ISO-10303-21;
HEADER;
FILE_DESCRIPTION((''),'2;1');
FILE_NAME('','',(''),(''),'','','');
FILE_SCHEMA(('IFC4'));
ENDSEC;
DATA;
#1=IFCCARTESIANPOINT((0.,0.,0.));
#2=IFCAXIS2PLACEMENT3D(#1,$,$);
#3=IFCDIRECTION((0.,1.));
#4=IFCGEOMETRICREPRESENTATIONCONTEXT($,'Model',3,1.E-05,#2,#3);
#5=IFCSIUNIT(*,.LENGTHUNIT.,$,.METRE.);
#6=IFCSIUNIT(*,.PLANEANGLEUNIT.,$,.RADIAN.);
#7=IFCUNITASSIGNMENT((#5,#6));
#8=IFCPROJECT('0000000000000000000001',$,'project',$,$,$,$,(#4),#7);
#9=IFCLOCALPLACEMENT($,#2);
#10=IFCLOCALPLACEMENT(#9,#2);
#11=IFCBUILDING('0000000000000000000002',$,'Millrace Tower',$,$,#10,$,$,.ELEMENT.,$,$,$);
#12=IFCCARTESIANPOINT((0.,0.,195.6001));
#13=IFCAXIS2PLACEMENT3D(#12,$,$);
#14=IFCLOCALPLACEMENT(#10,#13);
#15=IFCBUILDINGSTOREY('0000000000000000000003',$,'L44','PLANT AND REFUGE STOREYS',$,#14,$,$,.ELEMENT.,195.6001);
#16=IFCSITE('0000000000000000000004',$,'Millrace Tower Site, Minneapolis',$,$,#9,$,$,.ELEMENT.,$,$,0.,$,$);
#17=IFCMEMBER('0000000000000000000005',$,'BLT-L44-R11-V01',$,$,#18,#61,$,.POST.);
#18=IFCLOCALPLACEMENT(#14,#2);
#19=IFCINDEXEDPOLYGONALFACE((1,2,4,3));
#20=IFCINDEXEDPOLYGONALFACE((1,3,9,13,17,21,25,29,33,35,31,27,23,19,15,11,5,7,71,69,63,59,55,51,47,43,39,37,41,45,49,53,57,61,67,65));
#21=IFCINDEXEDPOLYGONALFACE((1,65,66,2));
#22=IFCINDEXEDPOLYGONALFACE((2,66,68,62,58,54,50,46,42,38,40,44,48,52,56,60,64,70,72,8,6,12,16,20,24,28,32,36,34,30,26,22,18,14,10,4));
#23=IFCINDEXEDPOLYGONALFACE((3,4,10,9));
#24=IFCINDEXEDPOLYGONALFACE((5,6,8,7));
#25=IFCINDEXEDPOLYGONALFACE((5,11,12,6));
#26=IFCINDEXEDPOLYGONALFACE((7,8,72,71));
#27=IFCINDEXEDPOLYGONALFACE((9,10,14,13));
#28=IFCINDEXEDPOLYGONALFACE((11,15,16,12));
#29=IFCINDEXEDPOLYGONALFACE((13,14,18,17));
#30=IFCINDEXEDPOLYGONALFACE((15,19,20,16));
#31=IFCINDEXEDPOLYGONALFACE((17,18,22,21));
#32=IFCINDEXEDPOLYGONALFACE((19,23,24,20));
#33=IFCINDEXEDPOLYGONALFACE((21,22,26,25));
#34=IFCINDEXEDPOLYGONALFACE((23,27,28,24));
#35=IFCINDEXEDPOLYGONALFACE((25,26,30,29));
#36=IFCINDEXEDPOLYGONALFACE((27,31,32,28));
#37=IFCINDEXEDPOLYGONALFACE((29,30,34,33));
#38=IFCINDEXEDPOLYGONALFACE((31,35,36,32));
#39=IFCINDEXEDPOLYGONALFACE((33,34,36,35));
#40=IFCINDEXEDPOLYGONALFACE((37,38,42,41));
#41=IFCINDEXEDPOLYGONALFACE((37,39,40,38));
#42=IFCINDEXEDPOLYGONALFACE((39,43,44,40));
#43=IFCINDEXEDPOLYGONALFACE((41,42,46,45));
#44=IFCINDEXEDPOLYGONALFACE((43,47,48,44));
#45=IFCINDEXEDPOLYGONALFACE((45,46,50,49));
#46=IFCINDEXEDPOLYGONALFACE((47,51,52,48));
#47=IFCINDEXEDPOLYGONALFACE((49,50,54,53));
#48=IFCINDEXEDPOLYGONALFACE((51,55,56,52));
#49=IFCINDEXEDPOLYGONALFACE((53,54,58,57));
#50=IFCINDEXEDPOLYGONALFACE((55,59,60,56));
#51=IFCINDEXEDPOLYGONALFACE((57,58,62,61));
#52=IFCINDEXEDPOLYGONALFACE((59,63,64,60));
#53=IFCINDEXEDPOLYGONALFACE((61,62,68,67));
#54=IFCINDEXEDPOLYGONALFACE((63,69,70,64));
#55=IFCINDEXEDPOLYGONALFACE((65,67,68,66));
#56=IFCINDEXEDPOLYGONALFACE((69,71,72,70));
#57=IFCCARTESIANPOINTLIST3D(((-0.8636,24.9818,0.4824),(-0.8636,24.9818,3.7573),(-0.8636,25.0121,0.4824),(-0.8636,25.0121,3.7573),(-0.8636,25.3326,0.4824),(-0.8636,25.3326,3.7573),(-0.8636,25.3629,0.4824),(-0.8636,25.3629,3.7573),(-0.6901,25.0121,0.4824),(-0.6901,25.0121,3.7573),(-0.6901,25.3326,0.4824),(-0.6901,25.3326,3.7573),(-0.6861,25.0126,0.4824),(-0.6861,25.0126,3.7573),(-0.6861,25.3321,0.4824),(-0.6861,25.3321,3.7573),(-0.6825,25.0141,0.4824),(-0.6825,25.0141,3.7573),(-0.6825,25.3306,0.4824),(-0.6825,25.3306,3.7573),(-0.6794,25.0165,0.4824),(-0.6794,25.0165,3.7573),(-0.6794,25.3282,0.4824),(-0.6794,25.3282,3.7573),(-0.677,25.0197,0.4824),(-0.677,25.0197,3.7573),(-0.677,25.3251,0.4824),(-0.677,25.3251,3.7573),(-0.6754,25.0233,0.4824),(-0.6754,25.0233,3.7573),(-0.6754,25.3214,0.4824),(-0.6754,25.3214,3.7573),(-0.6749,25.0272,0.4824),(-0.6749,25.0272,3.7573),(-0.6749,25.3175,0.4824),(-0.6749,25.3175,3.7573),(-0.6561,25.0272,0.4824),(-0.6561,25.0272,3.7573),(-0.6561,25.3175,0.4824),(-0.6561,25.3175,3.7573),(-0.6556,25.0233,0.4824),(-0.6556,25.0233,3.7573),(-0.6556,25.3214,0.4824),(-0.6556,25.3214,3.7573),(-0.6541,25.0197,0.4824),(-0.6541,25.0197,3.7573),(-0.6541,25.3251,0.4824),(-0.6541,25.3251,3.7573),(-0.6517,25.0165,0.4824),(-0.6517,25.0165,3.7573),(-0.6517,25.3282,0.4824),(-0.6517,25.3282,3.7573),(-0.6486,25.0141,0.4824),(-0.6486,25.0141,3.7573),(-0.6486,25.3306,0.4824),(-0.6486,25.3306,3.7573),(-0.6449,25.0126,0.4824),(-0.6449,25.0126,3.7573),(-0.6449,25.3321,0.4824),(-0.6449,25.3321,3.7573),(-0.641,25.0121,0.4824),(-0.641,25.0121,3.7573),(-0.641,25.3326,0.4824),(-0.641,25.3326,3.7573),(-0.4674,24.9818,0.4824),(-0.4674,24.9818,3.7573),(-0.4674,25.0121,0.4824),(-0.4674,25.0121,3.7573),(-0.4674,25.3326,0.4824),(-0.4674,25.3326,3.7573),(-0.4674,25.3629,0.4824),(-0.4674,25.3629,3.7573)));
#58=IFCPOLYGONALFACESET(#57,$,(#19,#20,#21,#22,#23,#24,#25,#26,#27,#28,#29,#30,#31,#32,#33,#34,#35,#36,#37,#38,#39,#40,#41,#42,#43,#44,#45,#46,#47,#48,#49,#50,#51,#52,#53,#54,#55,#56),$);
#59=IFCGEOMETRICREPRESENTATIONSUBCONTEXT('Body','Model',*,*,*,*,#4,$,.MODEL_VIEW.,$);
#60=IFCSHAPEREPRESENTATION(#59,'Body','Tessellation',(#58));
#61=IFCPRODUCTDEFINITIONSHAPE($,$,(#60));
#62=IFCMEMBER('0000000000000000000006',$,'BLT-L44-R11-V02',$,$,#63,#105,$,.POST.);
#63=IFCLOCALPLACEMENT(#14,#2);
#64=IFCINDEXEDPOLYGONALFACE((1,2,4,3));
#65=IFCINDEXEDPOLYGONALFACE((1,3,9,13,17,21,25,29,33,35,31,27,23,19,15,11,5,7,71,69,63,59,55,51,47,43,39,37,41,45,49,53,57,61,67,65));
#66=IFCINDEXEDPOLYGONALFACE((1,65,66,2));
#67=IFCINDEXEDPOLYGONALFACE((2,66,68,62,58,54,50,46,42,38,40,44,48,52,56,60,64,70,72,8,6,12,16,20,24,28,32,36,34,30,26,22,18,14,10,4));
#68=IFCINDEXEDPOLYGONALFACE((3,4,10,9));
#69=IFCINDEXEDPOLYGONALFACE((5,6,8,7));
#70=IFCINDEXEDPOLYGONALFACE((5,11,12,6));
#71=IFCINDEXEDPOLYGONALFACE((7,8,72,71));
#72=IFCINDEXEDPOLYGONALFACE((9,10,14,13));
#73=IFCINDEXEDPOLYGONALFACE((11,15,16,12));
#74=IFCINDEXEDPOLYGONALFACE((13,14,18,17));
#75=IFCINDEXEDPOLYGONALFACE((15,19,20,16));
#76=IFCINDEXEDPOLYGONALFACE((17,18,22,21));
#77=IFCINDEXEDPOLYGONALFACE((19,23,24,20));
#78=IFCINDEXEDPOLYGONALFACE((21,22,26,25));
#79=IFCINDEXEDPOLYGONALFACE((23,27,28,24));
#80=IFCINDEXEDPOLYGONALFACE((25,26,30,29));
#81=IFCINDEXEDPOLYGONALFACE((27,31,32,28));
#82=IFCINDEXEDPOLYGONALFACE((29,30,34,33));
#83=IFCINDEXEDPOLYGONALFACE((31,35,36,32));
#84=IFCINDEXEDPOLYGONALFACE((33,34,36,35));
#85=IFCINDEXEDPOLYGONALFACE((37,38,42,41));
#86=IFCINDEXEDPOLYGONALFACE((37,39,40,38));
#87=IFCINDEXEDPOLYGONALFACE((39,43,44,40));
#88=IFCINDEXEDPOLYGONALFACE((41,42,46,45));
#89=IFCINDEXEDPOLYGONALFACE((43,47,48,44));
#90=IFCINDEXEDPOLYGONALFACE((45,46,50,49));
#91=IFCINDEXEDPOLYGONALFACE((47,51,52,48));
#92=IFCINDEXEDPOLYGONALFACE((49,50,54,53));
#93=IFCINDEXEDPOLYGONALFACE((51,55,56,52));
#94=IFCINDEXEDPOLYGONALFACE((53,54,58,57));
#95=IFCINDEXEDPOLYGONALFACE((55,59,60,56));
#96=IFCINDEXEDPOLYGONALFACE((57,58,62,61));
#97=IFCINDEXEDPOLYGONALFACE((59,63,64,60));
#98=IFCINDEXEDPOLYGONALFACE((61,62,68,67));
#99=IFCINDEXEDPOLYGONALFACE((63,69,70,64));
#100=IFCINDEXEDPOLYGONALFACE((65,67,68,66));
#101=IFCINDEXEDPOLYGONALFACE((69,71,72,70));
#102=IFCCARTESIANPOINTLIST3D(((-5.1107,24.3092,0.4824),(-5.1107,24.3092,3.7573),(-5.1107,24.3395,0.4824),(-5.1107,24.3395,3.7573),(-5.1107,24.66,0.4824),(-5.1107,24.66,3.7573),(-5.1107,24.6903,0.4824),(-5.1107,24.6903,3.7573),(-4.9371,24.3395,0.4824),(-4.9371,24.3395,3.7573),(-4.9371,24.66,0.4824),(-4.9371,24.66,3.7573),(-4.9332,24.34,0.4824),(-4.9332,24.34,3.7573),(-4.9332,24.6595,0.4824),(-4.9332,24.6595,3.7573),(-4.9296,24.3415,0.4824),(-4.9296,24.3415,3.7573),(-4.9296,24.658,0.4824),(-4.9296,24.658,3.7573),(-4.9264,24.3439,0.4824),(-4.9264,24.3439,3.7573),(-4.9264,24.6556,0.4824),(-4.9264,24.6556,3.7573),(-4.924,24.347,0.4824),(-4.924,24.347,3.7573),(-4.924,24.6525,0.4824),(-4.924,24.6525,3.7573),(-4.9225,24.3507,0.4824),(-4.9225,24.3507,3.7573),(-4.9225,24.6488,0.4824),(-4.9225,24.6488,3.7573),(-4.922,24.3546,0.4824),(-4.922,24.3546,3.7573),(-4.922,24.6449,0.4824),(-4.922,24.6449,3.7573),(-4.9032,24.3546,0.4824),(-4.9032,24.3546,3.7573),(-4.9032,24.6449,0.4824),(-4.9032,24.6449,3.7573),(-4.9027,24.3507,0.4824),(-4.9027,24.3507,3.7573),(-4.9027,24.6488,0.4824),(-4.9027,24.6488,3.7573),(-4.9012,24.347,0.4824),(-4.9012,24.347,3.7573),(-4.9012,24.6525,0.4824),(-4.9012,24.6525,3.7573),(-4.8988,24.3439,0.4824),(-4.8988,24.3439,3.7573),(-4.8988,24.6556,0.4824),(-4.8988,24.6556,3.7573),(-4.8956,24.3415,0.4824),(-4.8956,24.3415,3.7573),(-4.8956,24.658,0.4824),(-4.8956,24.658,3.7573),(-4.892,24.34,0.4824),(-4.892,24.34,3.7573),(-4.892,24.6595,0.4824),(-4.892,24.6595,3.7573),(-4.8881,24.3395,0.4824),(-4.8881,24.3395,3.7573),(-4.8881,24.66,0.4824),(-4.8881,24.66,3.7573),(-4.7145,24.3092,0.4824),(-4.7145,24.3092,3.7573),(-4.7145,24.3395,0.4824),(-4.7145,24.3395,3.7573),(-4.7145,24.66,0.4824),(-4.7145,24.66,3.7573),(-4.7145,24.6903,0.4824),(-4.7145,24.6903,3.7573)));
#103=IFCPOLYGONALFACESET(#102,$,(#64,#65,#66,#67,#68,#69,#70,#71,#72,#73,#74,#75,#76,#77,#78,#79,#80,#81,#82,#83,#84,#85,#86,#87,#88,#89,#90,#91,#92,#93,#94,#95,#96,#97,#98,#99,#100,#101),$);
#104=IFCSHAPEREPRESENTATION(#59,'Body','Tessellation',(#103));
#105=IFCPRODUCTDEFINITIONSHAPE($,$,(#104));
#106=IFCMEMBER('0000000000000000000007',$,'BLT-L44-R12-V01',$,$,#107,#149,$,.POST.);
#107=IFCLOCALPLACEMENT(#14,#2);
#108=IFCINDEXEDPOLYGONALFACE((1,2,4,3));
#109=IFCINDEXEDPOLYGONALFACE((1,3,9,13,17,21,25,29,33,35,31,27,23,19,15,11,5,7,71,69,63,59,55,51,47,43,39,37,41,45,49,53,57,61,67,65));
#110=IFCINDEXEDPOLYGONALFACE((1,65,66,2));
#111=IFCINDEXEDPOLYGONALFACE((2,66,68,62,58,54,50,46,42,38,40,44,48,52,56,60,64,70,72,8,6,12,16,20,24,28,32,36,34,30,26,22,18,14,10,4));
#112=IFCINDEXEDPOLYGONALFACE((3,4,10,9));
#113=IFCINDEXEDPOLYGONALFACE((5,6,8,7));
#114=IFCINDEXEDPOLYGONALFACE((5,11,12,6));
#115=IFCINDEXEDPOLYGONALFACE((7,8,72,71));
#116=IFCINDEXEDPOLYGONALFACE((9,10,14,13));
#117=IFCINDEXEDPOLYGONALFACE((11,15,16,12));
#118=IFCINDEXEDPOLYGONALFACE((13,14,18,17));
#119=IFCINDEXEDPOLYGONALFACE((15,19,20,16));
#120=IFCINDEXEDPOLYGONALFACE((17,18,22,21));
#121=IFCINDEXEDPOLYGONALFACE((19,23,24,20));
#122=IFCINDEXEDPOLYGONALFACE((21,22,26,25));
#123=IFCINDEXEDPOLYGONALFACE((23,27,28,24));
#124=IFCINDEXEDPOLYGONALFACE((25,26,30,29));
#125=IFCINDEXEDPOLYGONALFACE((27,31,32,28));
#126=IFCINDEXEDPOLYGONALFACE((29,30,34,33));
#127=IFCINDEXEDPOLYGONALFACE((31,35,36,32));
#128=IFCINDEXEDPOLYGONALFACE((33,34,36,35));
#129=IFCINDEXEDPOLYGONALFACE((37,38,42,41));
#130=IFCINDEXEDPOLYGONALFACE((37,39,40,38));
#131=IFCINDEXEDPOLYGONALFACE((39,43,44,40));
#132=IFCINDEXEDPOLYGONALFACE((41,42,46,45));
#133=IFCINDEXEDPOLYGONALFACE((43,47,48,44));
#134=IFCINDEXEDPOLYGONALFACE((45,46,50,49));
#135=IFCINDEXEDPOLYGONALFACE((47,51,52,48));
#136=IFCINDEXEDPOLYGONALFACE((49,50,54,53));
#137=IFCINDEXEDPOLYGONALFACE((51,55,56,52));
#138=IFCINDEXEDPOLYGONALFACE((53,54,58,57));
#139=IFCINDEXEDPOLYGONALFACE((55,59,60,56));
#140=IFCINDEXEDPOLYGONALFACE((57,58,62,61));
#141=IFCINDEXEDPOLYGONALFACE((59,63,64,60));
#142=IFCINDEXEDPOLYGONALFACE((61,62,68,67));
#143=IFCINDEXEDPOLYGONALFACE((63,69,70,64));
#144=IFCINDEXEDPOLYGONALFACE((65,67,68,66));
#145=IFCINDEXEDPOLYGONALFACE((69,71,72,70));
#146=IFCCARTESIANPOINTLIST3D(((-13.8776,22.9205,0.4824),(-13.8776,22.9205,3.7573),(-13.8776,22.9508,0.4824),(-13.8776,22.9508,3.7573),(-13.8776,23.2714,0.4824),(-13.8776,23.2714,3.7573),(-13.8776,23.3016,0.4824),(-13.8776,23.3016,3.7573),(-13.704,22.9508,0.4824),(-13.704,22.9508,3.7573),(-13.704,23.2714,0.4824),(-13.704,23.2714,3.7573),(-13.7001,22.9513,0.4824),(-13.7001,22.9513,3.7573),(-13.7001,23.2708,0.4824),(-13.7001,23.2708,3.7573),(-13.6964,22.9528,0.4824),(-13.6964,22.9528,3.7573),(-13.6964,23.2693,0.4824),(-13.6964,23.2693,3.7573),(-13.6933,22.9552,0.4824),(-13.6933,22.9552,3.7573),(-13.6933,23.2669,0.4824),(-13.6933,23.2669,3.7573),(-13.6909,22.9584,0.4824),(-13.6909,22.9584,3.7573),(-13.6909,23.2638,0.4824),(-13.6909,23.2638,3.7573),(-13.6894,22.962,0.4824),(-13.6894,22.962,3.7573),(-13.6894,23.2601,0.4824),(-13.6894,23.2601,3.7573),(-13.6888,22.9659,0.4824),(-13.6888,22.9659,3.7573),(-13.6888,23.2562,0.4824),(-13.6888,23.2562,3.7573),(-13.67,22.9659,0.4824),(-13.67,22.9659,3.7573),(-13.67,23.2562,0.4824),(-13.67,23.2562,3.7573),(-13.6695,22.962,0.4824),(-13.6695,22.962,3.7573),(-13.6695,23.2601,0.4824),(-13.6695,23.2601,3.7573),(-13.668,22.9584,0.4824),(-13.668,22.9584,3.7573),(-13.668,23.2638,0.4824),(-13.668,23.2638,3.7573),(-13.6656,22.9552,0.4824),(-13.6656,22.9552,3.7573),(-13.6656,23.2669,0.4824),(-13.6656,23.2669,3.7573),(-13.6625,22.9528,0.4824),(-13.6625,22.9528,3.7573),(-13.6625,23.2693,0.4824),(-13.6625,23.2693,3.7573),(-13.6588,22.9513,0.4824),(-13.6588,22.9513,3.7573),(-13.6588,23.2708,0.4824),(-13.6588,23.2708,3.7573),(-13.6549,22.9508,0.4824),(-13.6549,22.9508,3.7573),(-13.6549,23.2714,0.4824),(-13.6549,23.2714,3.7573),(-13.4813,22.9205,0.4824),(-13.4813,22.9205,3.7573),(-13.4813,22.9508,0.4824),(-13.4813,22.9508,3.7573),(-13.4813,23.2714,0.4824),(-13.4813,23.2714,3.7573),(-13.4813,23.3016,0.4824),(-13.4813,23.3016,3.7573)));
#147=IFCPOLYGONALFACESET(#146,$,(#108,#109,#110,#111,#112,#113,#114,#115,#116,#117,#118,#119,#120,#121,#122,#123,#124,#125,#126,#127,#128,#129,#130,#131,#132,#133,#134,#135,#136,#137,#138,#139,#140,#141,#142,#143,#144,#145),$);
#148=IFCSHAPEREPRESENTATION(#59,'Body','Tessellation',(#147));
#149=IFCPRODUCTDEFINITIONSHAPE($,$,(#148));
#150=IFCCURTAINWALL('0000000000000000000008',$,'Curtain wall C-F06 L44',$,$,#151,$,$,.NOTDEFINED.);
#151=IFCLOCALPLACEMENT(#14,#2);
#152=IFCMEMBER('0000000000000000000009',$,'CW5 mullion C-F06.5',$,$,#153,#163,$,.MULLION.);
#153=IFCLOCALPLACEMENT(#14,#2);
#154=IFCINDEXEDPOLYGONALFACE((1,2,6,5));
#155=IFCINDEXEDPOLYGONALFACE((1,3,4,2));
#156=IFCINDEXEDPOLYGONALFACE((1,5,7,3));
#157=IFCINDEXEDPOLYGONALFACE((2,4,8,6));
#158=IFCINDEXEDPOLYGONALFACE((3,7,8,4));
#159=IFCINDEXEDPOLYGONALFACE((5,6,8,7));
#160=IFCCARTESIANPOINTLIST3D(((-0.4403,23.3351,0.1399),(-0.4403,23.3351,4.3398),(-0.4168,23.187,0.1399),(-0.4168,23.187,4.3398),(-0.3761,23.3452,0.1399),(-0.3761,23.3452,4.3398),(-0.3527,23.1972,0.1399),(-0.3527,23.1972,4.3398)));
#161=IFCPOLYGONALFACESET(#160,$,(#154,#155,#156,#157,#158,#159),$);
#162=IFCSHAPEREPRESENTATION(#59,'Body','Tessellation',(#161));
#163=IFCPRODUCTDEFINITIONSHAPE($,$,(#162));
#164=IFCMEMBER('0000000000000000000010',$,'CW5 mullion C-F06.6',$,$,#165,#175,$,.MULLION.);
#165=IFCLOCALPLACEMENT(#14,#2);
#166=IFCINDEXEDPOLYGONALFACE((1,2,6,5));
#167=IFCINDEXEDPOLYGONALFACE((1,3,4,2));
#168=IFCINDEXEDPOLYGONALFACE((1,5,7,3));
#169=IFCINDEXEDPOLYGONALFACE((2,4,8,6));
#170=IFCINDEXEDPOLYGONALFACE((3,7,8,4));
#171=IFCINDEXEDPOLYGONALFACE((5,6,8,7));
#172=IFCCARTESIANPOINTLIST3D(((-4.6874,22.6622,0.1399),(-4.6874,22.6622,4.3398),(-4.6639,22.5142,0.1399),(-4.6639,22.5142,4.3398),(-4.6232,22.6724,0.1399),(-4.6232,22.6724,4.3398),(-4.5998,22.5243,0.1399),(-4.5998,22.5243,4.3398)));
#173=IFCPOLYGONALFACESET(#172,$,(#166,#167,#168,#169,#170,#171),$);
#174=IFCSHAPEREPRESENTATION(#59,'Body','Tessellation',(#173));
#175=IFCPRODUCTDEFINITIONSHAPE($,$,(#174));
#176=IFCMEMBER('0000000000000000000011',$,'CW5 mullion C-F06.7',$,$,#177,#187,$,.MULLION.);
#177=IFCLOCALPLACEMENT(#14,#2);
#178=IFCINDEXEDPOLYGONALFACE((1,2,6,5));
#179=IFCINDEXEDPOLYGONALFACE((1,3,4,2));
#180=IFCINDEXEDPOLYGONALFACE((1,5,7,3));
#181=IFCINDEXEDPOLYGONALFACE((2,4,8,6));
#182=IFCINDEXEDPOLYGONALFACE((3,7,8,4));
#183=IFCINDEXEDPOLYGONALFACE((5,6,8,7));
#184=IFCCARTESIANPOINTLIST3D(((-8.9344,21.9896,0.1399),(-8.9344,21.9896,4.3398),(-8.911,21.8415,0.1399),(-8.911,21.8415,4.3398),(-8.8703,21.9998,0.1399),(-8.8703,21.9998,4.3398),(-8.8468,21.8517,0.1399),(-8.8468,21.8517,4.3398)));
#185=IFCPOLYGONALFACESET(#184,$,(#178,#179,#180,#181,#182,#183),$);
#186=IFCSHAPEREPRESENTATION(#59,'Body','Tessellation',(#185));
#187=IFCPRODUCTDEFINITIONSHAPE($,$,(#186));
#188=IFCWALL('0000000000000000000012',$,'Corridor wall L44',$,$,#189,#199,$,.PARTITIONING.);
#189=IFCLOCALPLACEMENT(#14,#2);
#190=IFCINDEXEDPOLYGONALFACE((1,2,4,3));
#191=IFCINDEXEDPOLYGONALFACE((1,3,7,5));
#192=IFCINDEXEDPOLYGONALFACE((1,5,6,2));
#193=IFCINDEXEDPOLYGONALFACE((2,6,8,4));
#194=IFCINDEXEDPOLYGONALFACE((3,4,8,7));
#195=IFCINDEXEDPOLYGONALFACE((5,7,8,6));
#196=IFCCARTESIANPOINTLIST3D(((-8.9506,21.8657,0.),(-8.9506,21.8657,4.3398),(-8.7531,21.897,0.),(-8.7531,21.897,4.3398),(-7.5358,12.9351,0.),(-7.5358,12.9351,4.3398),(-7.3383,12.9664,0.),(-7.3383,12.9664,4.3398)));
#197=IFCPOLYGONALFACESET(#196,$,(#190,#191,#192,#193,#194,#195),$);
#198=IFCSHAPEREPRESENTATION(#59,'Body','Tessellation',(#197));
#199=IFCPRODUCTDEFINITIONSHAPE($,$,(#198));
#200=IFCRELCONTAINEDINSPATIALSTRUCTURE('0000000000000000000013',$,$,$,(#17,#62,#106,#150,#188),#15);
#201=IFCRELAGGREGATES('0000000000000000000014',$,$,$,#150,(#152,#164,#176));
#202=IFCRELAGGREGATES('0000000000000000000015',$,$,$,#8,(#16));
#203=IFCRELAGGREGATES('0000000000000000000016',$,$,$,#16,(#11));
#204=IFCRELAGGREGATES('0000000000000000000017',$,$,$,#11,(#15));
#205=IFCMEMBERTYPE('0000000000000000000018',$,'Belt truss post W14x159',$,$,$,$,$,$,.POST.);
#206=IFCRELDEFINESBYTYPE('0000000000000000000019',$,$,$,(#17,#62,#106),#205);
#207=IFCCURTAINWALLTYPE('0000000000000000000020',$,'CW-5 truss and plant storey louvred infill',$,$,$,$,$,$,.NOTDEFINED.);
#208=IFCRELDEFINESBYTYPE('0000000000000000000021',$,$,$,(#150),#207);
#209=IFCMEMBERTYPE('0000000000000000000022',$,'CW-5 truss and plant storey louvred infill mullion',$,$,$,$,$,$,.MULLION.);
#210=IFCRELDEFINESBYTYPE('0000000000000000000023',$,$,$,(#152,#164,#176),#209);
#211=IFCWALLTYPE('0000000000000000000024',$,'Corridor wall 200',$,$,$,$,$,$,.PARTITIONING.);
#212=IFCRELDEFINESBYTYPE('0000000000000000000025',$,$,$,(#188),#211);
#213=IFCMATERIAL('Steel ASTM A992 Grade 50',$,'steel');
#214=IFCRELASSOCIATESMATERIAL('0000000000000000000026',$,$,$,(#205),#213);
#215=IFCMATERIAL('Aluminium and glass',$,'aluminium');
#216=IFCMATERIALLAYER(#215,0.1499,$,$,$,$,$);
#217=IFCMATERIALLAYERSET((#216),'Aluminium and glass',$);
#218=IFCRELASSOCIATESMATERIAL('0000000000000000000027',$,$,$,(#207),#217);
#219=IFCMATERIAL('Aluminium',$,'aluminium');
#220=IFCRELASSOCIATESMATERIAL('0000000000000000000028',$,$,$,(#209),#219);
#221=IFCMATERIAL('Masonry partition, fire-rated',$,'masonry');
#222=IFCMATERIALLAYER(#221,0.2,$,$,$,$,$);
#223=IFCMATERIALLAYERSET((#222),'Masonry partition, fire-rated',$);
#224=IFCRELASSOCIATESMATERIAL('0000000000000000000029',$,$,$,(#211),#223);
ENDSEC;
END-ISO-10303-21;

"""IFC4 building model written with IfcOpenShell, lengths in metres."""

from ifc_helpers import new_model, si_unit, direction, frame, frame_2d, origin, origin_2d, place, context, subcontext, project, spatial, rectangle, i_section, extrude, material, layer, layer_set, material_profile, profile_set, type_object, element, aggregate, save


model = new_model("IFC4")

# Units and contexts
model_context = context("Model", 3, precision=1e-05, world=origin(), true_north=direction((0.0, 1.0)))
body_context = subcontext(model_context, "Body", "Model", "MODEL_VIEW")
ifc_project = project(units=[si_unit("LENGTHUNIT", "METRE"), si_unit("PLANEANGLEUNIT", "RADIAN")], contexts=[model_context])

# Site, building, storey
site_placement = place(None, origin())
site = spatial("IfcSite", under=ifc_project, at=site_placement, Name="Millrace Tower Site, Minneapolis", CompositionType="ELEMENT", RefElevation=0.0)
building_placement = place(site_placement, origin())
building = spatial("IfcBuilding", under=site, at=building_placement, Name="Millrace Tower", CompositionType="ELEMENT")
storey_placement = place(building_placement, frame((0.0, 0.0, 195.6001)))
storey = spatial("IfcBuildingStorey", under=building, at=storey_placement, Name="L44", Description="PLANT AND REFUGE STOREYS", CompositionType="ELEMENT", Elevation=195.6001)

# Members
ifc_material_1 = material(Name="Steel ASTM A992 Grade 50", Category="steel")
ifc_material_profile_1 = material_profile(ifc_material_1, i_section(OverallWidth=0.3962, OverallDepth=0.3811, WebThickness=0.0188, FlangeThickness=0.0303, FilletRadius=0.0151, at=origin_2d()))
ifc_profile_set_1 = profile_set([ifc_material_profile_1], Name="Steel ASTM A992 Grade 50")
member_type_1 = type_object("IfcMemberType", Name="Belt truss post W14x159", PredefinedType="POST", material=ifc_profile_set_1)
for number, where, z_axis, x_axis, name in (
    (1, (-0.6655, 25.1724, 0.4824), (0.0, 0.0, 1.0), (1.0, 0.0, 0.0), "BLT-L44-R11-V01"),
    (2, (-4.9126, 24.4998, 0.4824), (0.0, 0.0, 1.0), (1.0, 0.0, 0.0), "BLT-L44-R11-V02"),
    (3, (-13.6794, 23.1111, 0.4824), (0.0, 0.0, 1.0), (1.0, 0.0, 0.0), "BLT-L44-R12-V01"),
):
    element("IfcMember", number, at=place(storey_placement, frame(where, z_axis=z_axis, x_axis=x_axis)), inside=storey, type_object=member_type_1, Name=name, PredefinedType="POST", context=body_context, shape_type="SweptSolid", body=[
        extrude(i_section(OverallWidth=0.3962, OverallDepth=0.3811, WebThickness=0.0188, FlangeThickness=0.0303, FilletRadius=0.0151, at=origin_2d()), origin(), (0.0, 0.0, 1.0), 3.2749),
    ])

# Curtain wall, members
ifc_material_2 = material(Name="Aluminium and glass", Category="aluminium")
ifc_layer_1 = layer(ifc_material_2, 0.1499)
ifc_layer_set_1 = layer_set([ifc_layer_1], Name="Aluminium and glass")
curtain_wall_type = type_object("IfcCurtainWallType", Name="CW-5 truss and plant storey louvred infill", PredefinedType="NOTDEFINED", material=ifc_layer_set_1)
curtain_wall_placement = place(storey_placement, origin())
curtain_wall = element("IfcCurtainWall", 4, at=curtain_wall_placement, inside=storey, type_object=curtain_wall_type, Name="Curtain wall C-F06 L44", PredefinedType="NOTDEFINED")
ifc_material_3 = material(Name="Aluminium", Category="aluminium")
ifc_material_profile_2 = material_profile(ifc_material_3, rectangle(XDim=0.0649, YDim=0.1499, at=origin_2d()))
ifc_profile_set_2 = profile_set([ifc_material_profile_2], Name="Aluminium")
member_type_2 = type_object("IfcMemberType", Name="CW-5 truss and plant storey louvred infill mullion", PredefinedType="MULLION", material=ifc_profile_set_2)
member_1_placement = place(storey_placement, frame((-0.3965, 23.2661, 0.1399), z_axis=(0.0, 0.0, 1.0), x_axis=(-0.987688, -0.156434, 0.0)))
member_1 = element("IfcMember", 5, at=member_1_placement, type_object=member_type_2, Name="CW5 mullion C-F06.5", PredefinedType="MULLION", context=body_context, shape_type="SweptSolid", body=[
    extrude(rectangle(XDim=0.0649, YDim=0.1499, at=origin_2d()), origin(), (0.0, 0.0, 1.0), 4.2),
])
member_2_placement = place(storey_placement, frame((-4.6436, 22.5933, 0.1399), z_axis=(0.0, 0.0, 1.0), x_axis=(-0.987688, -0.156434, 0.0)))
member_2 = element("IfcMember", 6, at=member_2_placement, type_object=member_type_2, Name="CW5 mullion C-F06.6", PredefinedType="MULLION", context=body_context, shape_type="SweptSolid", body=[
    extrude(rectangle(XDim=0.0649, YDim=0.1499, at=origin_2d()), origin(), (0.0, 0.0, 1.0), 4.2),
])
member_3_placement = place(storey_placement, frame((-8.8906, 21.9207, 0.1399), z_axis=(0.0, 0.0, 1.0), x_axis=(-0.987688, -0.156434, 0.0)))
member_3 = element("IfcMember", 7, at=member_3_placement, type_object=member_type_2, Name="CW5 mullion C-F06.7", PredefinedType="MULLION", context=body_context, shape_type="SweptSolid", body=[
    extrude(rectangle(XDim=0.0649, YDim=0.1499, at=origin_2d()), origin(), (0.0, 0.0, 1.0), 4.2),
])
aggregate(curtain_wall, [member_1, member_2, member_3])

# Wall
ifc_material_4 = material(Name="Masonry partition, fire-rated", Category="masonry")
ifc_layer_2 = layer(ifc_material_4, 0.2)
ifc_layer_set_2 = layer_set([ifc_layer_2], Name="Masonry partition, fire-rated")
wall_type = type_object("IfcWallType", Name="Corridor wall 200", PredefinedType="PARTITIONING", material=ifc_layer_set_2)
wall_placement = place(storey_placement, frame((-8.8518, 21.8813, 0.0), z_axis=(0.0, 0.0, 1.0), x_axis=(0.156469, -0.987683, 0.0)))
element("IfcWall", 8, at=wall_placement, inside=storey, type_object=wall_type, Name="Corridor wall L44", PredefinedType="PARTITIONING", context=body_context, shape_type="SweptSolid", body=[
    extrude(rectangle(XDim=9.042, YDim=0.2, at=frame_2d((4.521, 0.0))), origin(), (0.0, 0.0, 1.0), 4.3398),
])

save(model, "model.ifc")
